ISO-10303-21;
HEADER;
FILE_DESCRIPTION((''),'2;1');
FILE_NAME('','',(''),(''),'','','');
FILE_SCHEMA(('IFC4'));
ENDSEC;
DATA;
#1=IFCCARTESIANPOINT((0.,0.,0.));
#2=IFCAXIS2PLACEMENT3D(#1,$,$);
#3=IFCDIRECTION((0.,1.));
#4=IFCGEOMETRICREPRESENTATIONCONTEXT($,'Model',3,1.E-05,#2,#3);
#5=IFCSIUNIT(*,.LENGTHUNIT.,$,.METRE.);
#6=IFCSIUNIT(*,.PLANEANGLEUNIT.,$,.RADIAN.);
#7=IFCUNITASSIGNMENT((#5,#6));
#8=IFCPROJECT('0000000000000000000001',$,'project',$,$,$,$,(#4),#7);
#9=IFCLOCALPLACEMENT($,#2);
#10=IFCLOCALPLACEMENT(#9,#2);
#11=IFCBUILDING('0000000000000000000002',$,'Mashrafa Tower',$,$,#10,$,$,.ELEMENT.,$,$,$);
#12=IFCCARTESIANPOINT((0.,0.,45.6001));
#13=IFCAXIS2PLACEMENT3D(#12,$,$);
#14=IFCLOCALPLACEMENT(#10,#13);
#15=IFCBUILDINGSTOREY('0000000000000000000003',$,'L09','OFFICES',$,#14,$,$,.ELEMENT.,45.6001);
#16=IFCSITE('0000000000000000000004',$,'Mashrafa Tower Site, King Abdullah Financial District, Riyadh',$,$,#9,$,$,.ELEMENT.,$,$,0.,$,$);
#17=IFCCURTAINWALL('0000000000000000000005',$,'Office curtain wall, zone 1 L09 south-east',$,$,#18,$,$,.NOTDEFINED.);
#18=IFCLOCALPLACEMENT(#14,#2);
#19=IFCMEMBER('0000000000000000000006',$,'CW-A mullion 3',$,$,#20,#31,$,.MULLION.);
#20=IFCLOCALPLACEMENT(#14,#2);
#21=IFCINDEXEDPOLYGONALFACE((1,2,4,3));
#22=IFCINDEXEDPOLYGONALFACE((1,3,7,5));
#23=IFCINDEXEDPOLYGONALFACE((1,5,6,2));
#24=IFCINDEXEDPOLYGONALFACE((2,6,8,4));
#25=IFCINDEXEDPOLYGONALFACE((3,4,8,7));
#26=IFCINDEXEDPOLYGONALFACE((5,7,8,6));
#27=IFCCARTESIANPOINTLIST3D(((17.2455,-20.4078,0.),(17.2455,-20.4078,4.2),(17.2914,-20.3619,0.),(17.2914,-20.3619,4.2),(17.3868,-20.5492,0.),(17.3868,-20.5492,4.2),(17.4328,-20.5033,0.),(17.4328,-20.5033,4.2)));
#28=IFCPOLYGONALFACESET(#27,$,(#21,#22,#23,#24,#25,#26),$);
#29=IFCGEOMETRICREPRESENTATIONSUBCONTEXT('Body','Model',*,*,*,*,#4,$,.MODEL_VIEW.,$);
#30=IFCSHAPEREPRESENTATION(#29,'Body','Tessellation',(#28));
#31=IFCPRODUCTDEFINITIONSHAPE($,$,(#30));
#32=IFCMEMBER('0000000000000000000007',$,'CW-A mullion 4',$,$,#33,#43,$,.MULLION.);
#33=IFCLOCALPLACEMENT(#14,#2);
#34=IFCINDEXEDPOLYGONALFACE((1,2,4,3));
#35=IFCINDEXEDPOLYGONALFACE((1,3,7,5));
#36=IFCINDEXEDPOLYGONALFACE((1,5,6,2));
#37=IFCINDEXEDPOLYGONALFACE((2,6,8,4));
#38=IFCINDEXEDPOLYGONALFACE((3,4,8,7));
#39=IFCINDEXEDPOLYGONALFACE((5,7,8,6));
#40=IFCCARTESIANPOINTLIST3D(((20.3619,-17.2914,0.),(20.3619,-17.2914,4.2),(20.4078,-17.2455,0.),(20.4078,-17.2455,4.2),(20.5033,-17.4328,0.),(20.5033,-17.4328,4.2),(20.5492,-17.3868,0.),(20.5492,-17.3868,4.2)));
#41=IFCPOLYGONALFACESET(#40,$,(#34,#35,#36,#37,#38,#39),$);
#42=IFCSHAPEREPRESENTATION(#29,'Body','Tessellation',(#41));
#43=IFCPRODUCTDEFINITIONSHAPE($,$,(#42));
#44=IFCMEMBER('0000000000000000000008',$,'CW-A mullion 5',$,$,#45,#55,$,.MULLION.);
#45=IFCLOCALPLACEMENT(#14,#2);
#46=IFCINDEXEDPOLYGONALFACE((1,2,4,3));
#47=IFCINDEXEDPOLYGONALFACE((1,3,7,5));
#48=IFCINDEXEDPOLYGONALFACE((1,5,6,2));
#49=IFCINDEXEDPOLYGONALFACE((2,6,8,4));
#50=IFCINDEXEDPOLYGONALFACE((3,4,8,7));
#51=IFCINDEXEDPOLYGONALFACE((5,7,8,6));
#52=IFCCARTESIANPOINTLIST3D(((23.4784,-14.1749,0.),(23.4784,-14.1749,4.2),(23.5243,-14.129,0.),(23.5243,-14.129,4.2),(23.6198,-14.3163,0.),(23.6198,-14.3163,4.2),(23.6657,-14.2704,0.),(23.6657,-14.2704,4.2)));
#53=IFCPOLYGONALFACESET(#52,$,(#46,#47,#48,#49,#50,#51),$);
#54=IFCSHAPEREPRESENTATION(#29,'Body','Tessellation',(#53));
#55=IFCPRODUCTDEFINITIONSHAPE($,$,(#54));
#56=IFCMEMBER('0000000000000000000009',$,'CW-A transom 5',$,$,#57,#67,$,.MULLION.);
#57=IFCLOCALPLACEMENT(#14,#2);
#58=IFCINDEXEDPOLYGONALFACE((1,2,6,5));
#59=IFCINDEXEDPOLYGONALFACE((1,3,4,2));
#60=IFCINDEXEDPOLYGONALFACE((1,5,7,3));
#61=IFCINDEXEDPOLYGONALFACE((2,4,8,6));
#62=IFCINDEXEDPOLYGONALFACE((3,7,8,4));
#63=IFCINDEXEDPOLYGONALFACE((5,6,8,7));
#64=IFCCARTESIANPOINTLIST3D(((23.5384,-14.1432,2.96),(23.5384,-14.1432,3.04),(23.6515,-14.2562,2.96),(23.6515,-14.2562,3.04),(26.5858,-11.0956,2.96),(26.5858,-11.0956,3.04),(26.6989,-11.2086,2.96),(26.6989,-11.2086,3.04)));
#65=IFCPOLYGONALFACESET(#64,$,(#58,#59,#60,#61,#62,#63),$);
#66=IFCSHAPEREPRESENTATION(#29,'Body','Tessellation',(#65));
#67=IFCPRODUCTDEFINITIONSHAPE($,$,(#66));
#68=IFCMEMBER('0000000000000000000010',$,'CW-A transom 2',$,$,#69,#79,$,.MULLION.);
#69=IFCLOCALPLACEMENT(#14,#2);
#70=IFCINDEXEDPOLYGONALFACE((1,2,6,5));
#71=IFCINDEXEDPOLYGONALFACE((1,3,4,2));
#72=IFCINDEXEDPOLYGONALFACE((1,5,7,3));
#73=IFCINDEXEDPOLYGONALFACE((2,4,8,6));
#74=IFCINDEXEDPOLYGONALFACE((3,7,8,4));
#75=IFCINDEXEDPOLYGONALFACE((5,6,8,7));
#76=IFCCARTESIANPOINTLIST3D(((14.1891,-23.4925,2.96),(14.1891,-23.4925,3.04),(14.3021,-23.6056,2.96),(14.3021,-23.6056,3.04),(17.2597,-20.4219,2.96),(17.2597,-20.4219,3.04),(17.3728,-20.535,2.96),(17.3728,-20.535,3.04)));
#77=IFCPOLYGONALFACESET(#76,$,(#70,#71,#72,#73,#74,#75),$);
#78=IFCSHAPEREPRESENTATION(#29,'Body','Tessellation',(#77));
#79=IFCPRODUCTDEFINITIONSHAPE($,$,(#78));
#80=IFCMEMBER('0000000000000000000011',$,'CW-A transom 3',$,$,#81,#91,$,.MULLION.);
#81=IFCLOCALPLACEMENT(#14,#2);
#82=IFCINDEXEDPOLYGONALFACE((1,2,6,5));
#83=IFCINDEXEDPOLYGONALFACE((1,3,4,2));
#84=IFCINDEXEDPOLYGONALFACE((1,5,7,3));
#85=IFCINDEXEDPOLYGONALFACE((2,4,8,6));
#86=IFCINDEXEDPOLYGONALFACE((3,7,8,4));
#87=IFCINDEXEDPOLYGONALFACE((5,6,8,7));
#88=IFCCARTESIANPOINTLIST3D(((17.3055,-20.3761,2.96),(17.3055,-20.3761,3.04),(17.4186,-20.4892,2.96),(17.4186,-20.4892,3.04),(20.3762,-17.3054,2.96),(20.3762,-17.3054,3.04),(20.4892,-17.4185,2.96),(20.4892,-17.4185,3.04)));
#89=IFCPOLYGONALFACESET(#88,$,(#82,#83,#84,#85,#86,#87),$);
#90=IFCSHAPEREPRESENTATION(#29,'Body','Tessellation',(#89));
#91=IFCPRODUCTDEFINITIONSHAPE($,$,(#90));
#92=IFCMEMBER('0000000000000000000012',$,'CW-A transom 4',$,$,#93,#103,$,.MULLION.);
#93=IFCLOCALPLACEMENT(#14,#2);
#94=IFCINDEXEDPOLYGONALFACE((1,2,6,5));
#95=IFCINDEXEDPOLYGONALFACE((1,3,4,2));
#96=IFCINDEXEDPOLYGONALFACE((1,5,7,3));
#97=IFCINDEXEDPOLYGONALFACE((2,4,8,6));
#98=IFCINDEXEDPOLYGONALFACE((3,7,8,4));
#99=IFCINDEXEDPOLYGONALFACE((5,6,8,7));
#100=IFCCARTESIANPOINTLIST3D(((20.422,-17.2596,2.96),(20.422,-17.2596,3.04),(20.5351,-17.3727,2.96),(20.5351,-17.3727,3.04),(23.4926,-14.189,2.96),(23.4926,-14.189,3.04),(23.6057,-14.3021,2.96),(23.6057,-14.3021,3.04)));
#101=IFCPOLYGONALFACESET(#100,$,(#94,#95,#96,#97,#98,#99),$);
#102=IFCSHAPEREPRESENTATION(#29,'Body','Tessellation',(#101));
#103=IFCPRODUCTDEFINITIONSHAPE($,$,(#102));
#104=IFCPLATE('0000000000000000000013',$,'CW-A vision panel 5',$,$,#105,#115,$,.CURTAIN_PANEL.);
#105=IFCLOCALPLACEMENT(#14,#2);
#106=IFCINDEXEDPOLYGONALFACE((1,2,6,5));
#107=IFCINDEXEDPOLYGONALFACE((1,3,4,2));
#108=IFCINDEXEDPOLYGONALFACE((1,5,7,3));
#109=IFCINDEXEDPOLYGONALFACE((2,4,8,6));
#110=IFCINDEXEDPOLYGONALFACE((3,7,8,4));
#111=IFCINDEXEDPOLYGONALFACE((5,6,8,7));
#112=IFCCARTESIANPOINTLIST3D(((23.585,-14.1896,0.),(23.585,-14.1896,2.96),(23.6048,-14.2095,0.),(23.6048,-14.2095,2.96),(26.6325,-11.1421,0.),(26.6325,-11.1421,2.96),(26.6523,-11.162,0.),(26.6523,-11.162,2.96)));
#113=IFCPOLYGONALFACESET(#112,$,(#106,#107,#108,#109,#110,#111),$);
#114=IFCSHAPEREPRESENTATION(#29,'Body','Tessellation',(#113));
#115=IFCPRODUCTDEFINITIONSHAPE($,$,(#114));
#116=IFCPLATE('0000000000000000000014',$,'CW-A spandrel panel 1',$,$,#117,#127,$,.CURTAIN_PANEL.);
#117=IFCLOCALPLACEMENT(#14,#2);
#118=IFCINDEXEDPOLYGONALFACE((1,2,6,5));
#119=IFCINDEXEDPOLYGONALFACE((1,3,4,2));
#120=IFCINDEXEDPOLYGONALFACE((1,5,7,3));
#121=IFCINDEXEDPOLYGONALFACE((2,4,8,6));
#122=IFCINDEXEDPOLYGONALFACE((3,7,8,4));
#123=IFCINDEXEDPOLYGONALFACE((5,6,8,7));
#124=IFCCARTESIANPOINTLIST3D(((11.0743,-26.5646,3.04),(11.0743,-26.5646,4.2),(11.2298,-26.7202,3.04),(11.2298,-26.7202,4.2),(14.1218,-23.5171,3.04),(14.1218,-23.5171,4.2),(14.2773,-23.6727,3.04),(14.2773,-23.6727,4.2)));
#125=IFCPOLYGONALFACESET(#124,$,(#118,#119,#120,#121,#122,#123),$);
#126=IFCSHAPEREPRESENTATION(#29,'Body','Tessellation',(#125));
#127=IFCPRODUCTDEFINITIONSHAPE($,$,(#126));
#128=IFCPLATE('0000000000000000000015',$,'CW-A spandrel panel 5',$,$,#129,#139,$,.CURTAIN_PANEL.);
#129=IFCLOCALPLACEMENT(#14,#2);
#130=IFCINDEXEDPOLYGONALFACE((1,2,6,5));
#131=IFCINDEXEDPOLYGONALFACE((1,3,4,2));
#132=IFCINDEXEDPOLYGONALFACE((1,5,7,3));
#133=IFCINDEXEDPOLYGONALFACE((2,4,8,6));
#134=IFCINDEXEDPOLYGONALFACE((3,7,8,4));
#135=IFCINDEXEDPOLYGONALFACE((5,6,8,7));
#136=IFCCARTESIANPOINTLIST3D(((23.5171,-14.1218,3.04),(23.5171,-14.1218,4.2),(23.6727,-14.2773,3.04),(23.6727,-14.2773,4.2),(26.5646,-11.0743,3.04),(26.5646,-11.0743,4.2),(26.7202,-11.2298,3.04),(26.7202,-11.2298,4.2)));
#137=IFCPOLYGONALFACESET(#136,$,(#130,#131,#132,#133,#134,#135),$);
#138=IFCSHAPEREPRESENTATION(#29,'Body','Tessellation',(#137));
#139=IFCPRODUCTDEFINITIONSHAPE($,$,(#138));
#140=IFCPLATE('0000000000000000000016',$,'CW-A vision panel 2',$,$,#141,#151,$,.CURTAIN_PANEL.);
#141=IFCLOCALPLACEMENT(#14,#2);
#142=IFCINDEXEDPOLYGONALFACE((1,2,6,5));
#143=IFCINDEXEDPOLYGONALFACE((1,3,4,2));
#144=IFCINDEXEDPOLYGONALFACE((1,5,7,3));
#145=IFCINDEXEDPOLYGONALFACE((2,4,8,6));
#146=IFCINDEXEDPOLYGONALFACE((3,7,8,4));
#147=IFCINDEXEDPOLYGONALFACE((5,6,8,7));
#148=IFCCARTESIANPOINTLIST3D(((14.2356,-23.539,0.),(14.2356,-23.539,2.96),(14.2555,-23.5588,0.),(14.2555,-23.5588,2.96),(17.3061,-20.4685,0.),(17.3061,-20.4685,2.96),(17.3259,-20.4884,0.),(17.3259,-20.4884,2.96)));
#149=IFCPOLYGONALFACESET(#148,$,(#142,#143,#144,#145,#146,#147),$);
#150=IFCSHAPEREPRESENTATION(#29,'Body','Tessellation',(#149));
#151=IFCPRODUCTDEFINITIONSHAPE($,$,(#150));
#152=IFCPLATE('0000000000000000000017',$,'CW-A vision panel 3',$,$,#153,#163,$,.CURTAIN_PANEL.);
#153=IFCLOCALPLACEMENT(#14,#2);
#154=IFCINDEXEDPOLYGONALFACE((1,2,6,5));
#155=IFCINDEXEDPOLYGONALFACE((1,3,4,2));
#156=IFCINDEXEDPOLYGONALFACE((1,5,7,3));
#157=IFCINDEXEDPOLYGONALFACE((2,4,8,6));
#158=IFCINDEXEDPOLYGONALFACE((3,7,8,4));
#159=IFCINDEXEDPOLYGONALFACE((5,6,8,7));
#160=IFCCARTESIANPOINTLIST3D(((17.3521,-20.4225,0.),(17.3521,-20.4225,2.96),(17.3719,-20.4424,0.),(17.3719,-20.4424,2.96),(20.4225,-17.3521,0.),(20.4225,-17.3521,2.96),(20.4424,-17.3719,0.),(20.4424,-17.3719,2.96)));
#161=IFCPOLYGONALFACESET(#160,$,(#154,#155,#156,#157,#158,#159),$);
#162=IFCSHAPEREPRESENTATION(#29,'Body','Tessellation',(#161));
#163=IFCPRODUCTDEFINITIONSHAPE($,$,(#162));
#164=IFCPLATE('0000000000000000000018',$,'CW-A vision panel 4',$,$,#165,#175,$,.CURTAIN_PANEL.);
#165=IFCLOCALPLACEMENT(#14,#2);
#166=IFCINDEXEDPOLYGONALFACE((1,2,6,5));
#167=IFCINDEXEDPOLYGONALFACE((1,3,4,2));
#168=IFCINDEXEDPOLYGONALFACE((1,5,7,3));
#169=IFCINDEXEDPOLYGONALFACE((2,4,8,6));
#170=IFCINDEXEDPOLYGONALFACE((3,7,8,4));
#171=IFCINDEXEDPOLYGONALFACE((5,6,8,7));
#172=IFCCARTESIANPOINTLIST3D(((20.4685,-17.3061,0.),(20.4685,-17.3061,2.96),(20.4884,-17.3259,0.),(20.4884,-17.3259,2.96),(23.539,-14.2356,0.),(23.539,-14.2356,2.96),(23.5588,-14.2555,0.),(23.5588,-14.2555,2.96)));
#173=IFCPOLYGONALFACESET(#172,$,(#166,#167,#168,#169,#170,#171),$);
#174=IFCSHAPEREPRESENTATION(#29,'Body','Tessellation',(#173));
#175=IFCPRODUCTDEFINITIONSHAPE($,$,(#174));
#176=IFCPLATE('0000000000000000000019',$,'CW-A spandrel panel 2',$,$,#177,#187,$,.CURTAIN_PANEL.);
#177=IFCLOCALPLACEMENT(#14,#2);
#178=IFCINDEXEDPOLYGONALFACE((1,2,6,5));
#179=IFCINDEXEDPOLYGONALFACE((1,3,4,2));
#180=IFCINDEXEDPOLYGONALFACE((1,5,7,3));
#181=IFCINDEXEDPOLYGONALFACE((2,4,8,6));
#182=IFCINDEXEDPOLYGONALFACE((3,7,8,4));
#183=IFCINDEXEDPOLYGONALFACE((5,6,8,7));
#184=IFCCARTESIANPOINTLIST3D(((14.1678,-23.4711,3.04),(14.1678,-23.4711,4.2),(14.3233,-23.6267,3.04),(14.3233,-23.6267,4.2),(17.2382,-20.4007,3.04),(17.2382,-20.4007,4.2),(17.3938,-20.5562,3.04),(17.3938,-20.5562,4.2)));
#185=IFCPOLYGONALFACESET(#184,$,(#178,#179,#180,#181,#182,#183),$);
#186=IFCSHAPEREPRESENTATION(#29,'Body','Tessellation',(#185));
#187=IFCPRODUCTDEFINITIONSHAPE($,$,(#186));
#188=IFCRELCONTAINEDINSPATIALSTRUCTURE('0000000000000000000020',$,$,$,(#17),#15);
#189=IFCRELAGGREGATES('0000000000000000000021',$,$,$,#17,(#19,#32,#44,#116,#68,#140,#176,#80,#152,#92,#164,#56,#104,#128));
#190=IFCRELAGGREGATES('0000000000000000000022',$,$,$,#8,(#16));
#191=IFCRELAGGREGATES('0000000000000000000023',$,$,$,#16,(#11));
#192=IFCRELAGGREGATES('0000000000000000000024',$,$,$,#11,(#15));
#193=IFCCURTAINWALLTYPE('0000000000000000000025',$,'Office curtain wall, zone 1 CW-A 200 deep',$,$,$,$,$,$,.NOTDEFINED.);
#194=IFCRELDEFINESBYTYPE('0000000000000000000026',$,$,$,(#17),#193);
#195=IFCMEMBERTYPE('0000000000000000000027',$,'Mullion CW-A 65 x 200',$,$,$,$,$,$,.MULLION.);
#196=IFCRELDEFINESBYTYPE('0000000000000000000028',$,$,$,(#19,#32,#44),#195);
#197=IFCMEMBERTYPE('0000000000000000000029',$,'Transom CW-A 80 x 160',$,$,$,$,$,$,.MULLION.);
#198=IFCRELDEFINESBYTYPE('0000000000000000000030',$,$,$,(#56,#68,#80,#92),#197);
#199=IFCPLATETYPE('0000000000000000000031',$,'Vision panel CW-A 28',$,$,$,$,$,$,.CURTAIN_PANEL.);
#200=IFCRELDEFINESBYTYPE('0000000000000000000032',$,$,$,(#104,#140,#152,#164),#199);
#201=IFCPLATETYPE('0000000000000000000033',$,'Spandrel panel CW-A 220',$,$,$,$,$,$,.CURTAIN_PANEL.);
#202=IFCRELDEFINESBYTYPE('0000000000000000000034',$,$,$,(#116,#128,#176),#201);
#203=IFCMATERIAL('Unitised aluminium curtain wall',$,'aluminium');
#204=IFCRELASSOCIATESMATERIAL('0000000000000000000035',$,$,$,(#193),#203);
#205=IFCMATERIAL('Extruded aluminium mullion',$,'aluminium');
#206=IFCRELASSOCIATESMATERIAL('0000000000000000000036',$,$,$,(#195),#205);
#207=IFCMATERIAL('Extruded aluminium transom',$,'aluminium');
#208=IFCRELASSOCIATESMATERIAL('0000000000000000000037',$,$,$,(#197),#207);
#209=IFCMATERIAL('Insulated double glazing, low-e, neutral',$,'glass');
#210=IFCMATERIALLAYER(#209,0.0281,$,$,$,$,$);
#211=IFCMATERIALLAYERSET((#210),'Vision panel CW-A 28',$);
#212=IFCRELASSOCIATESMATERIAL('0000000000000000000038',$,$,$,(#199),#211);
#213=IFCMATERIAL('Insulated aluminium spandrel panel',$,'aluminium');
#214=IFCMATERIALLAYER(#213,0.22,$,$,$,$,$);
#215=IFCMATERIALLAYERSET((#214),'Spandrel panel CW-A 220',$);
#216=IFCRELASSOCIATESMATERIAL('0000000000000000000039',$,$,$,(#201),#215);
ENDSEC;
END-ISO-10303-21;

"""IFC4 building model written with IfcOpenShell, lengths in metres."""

from ifc_helpers import new_model, si_unit, direction, frame, origin, origin_2d, place, context, subcontext, project, spatial, rectangle, extrude, source, transform, mapped, material, layer, layer_set, material_profile, profile_set, type_object, type_shapes, element, aggregate, save


model = new_model("IFC4")

# Units and contexts
model_context = context("Model", 3, precision=1e-05, world=origin(), true_north=direction((0.0, 1.0)))
body_context = subcontext(model_context, "Body", "Model", "MODEL_VIEW")
ifc_project = project(units=[si_unit("LENGTHUNIT", "METRE"), si_unit("PLANEANGLEUNIT", "RADIAN")], contexts=[model_context])

# Site, building, storey
site_placement = place(None, origin())
site = spatial("IfcSite", under=ifc_project, at=site_placement, Name="Mashrafa Tower Site, King Abdullah Financial District, Riyadh", CompositionType="ELEMENT", RefElevation=0.0)
building_placement = place(site_placement, origin())
building = spatial("IfcBuilding", under=site, at=building_placement, Name="Mashrafa Tower", CompositionType="ELEMENT")
storey_placement = place(building_placement, frame((0.0, 0.0, 45.6001)))
storey = spatial("IfcBuildingStorey", under=building, at=storey_placement, Name="L09", Description="OFFICES", CompositionType="ELEMENT", Elevation=45.6001)

# Curtain wall, members, plates
ifc_material_1 = material(Name="Unitised aluminium curtain wall", Category="aluminium")
curtain_wall_type = type_object("IfcCurtainWallType", Name="Office curtain wall, zone 1 CW-A 200 deep", PredefinedType="NOTDEFINED", material=ifc_material_1)
curtain_wall_placement = place(storey_placement, origin())
curtain_wall = element("IfcCurtainWall", 1, at=curtain_wall_placement, inside=storey, type_object=curtain_wall_type, Name="Office curtain wall, zone 1 L09 south-east", PredefinedType="NOTDEFINED")
ifc_material_2 = material(Name="Extruded aluminium mullion", Category="aluminium")
ifc_material_profile_1 = material_profile(ifc_material_2, rectangle(XDim=0.2, YDim=0.0649, at=origin_2d()), Name="Mullion 65x200")
ifc_profile_set_1 = profile_set([ifc_material_profile_1], Name="Extruded aluminium mullion")
member_type_1 = type_object("IfcMemberType", Name="Mullion CW-A 65 x 200", PredefinedType="MULLION", material=ifc_profile_set_1)
shared_shape_1 = source(origin(), body_context, "Body", "SweptSolid", [
    extrude(rectangle(XDim=0.2, YDim=0.0649, at=origin_2d()), origin(), (0.0, 0.0, 1.0), 4.2),
])
type_shapes(member_type_1, [shared_shape_1])
member_1_placement = place(storey_placement, frame((17.3391, -20.4556, 0.0), z_axis=(0.0, 0.0, 1.0), x_axis=(-0.707107, 0.707107, 0.0)))
member_1 = element("IfcMember", 2, at=member_1_placement, type_object=member_type_1, Name="CW-A mullion 3", PredefinedType="MULLION", context=body_context, shape_type="MappedRepresentation", body=[
    mapped(shared_shape_1, transform((0.0, 0.0, 0.0))),
])
member_2_placement = place(storey_placement, frame((20.4556, -17.3391, 0.0), z_axis=(0.0, 0.0, 1.0), x_axis=(-0.707107, 0.707107, 0.0)))
member_2 = element("IfcMember", 3, at=member_2_placement, type_object=member_type_1, Name="CW-A mullion 4", PredefinedType="MULLION", context=body_context, shape_type="MappedRepresentation", body=[
    mapped(shared_shape_1, transform((0.0, 0.0, 0.0))),
])
member_3_placement = place(storey_placement, frame((23.572, -14.2227, 0.0), z_axis=(0.0, 0.0, 1.0), x_axis=(-0.707107, 0.707107, 0.0)))
member_3 = element("IfcMember", 4, at=member_3_placement, type_object=member_type_1, Name="CW-A mullion 5", PredefinedType="MULLION", context=body_context, shape_type="MappedRepresentation", body=[
    mapped(shared_shape_1, transform((0.0, 0.0, 0.0))),
])
ifc_material_3 = material(Name="Extruded aluminium transom", Category="aluminium")
ifc_material_profile_2 = material_profile(ifc_material_3, rectangle(XDim=0.1599, YDim=0.0801, at=origin_2d()), Name="Transom 80x160")
ifc_profile_set_2 = profile_set([ifc_material_profile_2], Name="Extruded aluminium transom")
member_type_2 = type_object("IfcMemberType", Name="Transom CW-A 80 x 160", PredefinedType="MULLION", material=ifc_profile_set_2)
shared_shape_2 = source(origin(), body_context, "Body", "SweptSolid", [
    extrude(rectangle(XDim=0.1599, YDim=0.0801, at=origin_2d()), origin(), (0.0, 0.0, 1.0), 4.3098),
])
member_4_placement = place(storey_placement, frame((23.595, -14.1997, 3.0), z_axis=(0.707078, 0.707135, 0.0), x_axis=(-0.707135, 0.707078, 0.0)))
member_4 = element("IfcMember", 5, at=member_4_placement, type_object=member_type_2, Name="CW-A transom 5", PredefinedType="MULLION", context=body_context, shape_type="MappedRepresentation", body=[
    mapped(shared_shape_2, transform((0.0, 0.0, 0.0))),
])
shared_shape_3 = source(origin(), body_context, "Body", "SweptSolid", [
    extrude(rectangle(XDim=0.1599, YDim=0.0801, at=origin_2d()), origin(), (0.0, 0.0, 1.0), 4.3425),
])
type_shapes(member_type_2, [shared_shape_2, shared_shape_3])
member_5_placement = place(storey_placement, frame((14.2456, -23.5491, 3.0), z_axis=(0.707107, 0.707107, 0.0), x_axis=(-0.707107, 0.707107, 0.0)))
member_5 = element("IfcMember", 6, at=member_5_placement, type_object=member_type_2, Name="CW-A transom 2", PredefinedType="MULLION", context=body_context, shape_type="MappedRepresentation", body=[
    mapped(shared_shape_3, transform((0.0, 0.0, 0.0))),
])
member_6_placement = place(storey_placement, frame((17.3621, -20.4326, 3.0), z_axis=(0.707107, 0.707107, 0.0), x_axis=(-0.707107, 0.707107, 0.0)))
member_6 = element("IfcMember", 7, at=member_6_placement, type_object=member_type_2, Name="CW-A transom 3", PredefinedType="MULLION", context=body_context, shape_type="MappedRepresentation", body=[
    mapped(shared_shape_3, transform((0.0, 0.0, 0.0))),
])
member_7_placement = place(storey_placement, frame((20.4785, -17.3162, 3.0), z_axis=(0.707107, 0.707107, 0.0), x_axis=(-0.707107, 0.707107, 0.0)))
member_7 = element("IfcMember", 8, at=member_7_placement, type_object=member_type_2, Name="CW-A transom 4", PredefinedType="MULLION", context=body_context, shape_type="MappedRepresentation", body=[
    mapped(shared_shape_3, transform((0.0, 0.0, 0.0))),
])
ifc_material_4 = material(Name="Insulated double glazing, low-e, neutral", Category="glass")
ifc_layer_1 = layer(ifc_material_4, 0.0281)
ifc_layer_set_1 = layer_set([ifc_layer_1], Name="Vision panel CW-A 28")
plate_type_1 = type_object("IfcPlateType", Name="Vision panel CW-A 28", PredefinedType="CURTAIN_PANEL", material=ifc_layer_set_1)
shared_shape_4 = source(origin(), body_context, "Body", "SweptSolid", [
    extrude(rectangle(XDim=4.3098, YDim=0.0281, at=origin_2d()), origin(), (0.0, 0.0, 1.0), 2.96),
])
plate_1_placement = place(storey_placement, frame((25.1187, -12.6758, 0.0), z_axis=(0.0, 0.0, 1.0), x_axis=(0.707107, 0.707107, 0.0)))
plate_1 = element("IfcPlate", 9, at=plate_1_placement, type_object=plate_type_1, Name="CW-A vision panel 5", PredefinedType="CURTAIN_PANEL", context=body_context, shape_type="MappedRepresentation", body=[
    mapped(shared_shape_4, transform((0.0, 0.0, 0.0))),
])
ifc_material_5 = material(Name="Insulated aluminium spandrel panel", Category="aluminium")
ifc_layer_2 = layer(ifc_material_5, 0.22)
ifc_layer_set_2 = layer_set([ifc_layer_2], Name="Spandrel panel CW-A 220")
plate_type_2 = type_object("IfcPlateType", Name="Spandrel panel CW-A 220", PredefinedType="CURTAIN_PANEL", material=ifc_layer_set_2)
shared_shape_5 = source(origin(), body_context, "Body", "SweptSolid", [
    extrude(rectangle(XDim=4.3098, YDim=0.22, at=origin_2d()), origin(), (0.0, 0.0, 1.0), 1.1599),
])
plate_2_placement = place(storey_placement, frame((12.6758, -25.1187, 3.04), z_axis=(0.0, 0.0, 1.0), x_axis=(0.707107, 0.707107, 0.0)))
plate_2 = element("IfcPlate", 10, at=plate_2_placement, type_object=plate_type_2, Name="CW-A spandrel panel 1", PredefinedType="CURTAIN_PANEL", context=body_context, shape_type="MappedRepresentation", body=[
    mapped(shared_shape_5, transform((0.0, 0.0, 0.0))),
])
plate_3_placement = place(storey_placement, frame((25.1187, -12.6758, 3.04), z_axis=(0.0, 0.0, 1.0), x_axis=(0.707107, 0.707107, 0.0)))
plate_3 = element("IfcPlate", 11, at=plate_3_placement, type_object=plate_type_2, Name="CW-A spandrel panel 5", PredefinedType="CURTAIN_PANEL", context=body_context, shape_type="MappedRepresentation", body=[
    mapped(shared_shape_5, transform((0.0, 0.0, 0.0))),
])
shared_shape_6 = source(origin(), body_context, "Body", "SweptSolid", [
    extrude(rectangle(XDim=4.3423, YDim=0.0281, at=origin_2d()), origin(), (0.0, 0.0, 1.0), 2.96),
])
type_shapes(plate_type_1, [shared_shape_4, shared_shape_6])
plate_4_placement = place(storey_placement, frame((15.7808, -22.0137, 0.0), z_axis=(0.0, 0.0, 1.0), x_axis=(0.707107, 0.707107, 0.0)))
plate_4 = element("IfcPlate", 12, at=plate_4_placement, type_object=plate_type_1, Name="CW-A vision panel 2", PredefinedType="CURTAIN_PANEL", context=body_context, shape_type="MappedRepresentation", body=[
    mapped(shared_shape_6, transform((0.0, 0.0, 0.0))),
])
plate_5_placement = place(storey_placement, frame((18.8972, -18.8972, 0.0), z_axis=(0.0, 0.0, 1.0), x_axis=(0.707107, 0.707107, 0.0)))
plate_5 = element("IfcPlate", 13, at=plate_5_placement, type_object=plate_type_1, Name="CW-A vision panel 3", PredefinedType="CURTAIN_PANEL", context=body_context, shape_type="MappedRepresentation", body=[
    mapped(shared_shape_6, transform((0.0, 0.0, 0.0))),
])
plate_6_placement = place(storey_placement, frame((22.0137, -15.7808, 0.0), z_axis=(0.0, 0.0, 1.0), x_axis=(0.707107, 0.707107, 0.0)))
plate_6 = element("IfcPlate", 14, at=plate_6_placement, type_object=plate_type_1, Name="CW-A vision panel 4", PredefinedType="CURTAIN_PANEL", context=body_context, shape_type="MappedRepresentation", body=[
    mapped(shared_shape_6, transform((0.0, 0.0, 0.0))),
])
shared_shape_7 = source(origin(), body_context, "Body", "SweptSolid", [
    extrude(rectangle(XDim=4.3423, YDim=0.22, at=origin_2d()), origin(), (0.0, 0.0, 1.0), 1.1599),
])
type_shapes(plate_type_2, [shared_shape_5, shared_shape_7])
plate_7_placement = place(storey_placement, frame((15.7808, -22.0137, 3.04), z_axis=(0.0, 0.0, 1.0), x_axis=(0.707107, 0.707107, 0.0)))
plate_7 = element("IfcPlate", 15, at=plate_7_placement, type_object=plate_type_2, Name="CW-A spandrel panel 2", PredefinedType="CURTAIN_PANEL", context=body_context, shape_type="MappedRepresentation", body=[
    mapped(shared_shape_7, transform((0.0, 0.0, 0.0))),
])
aggregate(curtain_wall, [member_1, member_2, member_3, plate_2, member_5, plate_4, plate_7, member_6, plate_5, member_7, plate_6, member_4, plate_1, plate_3])

save(model, "model.ifc")
